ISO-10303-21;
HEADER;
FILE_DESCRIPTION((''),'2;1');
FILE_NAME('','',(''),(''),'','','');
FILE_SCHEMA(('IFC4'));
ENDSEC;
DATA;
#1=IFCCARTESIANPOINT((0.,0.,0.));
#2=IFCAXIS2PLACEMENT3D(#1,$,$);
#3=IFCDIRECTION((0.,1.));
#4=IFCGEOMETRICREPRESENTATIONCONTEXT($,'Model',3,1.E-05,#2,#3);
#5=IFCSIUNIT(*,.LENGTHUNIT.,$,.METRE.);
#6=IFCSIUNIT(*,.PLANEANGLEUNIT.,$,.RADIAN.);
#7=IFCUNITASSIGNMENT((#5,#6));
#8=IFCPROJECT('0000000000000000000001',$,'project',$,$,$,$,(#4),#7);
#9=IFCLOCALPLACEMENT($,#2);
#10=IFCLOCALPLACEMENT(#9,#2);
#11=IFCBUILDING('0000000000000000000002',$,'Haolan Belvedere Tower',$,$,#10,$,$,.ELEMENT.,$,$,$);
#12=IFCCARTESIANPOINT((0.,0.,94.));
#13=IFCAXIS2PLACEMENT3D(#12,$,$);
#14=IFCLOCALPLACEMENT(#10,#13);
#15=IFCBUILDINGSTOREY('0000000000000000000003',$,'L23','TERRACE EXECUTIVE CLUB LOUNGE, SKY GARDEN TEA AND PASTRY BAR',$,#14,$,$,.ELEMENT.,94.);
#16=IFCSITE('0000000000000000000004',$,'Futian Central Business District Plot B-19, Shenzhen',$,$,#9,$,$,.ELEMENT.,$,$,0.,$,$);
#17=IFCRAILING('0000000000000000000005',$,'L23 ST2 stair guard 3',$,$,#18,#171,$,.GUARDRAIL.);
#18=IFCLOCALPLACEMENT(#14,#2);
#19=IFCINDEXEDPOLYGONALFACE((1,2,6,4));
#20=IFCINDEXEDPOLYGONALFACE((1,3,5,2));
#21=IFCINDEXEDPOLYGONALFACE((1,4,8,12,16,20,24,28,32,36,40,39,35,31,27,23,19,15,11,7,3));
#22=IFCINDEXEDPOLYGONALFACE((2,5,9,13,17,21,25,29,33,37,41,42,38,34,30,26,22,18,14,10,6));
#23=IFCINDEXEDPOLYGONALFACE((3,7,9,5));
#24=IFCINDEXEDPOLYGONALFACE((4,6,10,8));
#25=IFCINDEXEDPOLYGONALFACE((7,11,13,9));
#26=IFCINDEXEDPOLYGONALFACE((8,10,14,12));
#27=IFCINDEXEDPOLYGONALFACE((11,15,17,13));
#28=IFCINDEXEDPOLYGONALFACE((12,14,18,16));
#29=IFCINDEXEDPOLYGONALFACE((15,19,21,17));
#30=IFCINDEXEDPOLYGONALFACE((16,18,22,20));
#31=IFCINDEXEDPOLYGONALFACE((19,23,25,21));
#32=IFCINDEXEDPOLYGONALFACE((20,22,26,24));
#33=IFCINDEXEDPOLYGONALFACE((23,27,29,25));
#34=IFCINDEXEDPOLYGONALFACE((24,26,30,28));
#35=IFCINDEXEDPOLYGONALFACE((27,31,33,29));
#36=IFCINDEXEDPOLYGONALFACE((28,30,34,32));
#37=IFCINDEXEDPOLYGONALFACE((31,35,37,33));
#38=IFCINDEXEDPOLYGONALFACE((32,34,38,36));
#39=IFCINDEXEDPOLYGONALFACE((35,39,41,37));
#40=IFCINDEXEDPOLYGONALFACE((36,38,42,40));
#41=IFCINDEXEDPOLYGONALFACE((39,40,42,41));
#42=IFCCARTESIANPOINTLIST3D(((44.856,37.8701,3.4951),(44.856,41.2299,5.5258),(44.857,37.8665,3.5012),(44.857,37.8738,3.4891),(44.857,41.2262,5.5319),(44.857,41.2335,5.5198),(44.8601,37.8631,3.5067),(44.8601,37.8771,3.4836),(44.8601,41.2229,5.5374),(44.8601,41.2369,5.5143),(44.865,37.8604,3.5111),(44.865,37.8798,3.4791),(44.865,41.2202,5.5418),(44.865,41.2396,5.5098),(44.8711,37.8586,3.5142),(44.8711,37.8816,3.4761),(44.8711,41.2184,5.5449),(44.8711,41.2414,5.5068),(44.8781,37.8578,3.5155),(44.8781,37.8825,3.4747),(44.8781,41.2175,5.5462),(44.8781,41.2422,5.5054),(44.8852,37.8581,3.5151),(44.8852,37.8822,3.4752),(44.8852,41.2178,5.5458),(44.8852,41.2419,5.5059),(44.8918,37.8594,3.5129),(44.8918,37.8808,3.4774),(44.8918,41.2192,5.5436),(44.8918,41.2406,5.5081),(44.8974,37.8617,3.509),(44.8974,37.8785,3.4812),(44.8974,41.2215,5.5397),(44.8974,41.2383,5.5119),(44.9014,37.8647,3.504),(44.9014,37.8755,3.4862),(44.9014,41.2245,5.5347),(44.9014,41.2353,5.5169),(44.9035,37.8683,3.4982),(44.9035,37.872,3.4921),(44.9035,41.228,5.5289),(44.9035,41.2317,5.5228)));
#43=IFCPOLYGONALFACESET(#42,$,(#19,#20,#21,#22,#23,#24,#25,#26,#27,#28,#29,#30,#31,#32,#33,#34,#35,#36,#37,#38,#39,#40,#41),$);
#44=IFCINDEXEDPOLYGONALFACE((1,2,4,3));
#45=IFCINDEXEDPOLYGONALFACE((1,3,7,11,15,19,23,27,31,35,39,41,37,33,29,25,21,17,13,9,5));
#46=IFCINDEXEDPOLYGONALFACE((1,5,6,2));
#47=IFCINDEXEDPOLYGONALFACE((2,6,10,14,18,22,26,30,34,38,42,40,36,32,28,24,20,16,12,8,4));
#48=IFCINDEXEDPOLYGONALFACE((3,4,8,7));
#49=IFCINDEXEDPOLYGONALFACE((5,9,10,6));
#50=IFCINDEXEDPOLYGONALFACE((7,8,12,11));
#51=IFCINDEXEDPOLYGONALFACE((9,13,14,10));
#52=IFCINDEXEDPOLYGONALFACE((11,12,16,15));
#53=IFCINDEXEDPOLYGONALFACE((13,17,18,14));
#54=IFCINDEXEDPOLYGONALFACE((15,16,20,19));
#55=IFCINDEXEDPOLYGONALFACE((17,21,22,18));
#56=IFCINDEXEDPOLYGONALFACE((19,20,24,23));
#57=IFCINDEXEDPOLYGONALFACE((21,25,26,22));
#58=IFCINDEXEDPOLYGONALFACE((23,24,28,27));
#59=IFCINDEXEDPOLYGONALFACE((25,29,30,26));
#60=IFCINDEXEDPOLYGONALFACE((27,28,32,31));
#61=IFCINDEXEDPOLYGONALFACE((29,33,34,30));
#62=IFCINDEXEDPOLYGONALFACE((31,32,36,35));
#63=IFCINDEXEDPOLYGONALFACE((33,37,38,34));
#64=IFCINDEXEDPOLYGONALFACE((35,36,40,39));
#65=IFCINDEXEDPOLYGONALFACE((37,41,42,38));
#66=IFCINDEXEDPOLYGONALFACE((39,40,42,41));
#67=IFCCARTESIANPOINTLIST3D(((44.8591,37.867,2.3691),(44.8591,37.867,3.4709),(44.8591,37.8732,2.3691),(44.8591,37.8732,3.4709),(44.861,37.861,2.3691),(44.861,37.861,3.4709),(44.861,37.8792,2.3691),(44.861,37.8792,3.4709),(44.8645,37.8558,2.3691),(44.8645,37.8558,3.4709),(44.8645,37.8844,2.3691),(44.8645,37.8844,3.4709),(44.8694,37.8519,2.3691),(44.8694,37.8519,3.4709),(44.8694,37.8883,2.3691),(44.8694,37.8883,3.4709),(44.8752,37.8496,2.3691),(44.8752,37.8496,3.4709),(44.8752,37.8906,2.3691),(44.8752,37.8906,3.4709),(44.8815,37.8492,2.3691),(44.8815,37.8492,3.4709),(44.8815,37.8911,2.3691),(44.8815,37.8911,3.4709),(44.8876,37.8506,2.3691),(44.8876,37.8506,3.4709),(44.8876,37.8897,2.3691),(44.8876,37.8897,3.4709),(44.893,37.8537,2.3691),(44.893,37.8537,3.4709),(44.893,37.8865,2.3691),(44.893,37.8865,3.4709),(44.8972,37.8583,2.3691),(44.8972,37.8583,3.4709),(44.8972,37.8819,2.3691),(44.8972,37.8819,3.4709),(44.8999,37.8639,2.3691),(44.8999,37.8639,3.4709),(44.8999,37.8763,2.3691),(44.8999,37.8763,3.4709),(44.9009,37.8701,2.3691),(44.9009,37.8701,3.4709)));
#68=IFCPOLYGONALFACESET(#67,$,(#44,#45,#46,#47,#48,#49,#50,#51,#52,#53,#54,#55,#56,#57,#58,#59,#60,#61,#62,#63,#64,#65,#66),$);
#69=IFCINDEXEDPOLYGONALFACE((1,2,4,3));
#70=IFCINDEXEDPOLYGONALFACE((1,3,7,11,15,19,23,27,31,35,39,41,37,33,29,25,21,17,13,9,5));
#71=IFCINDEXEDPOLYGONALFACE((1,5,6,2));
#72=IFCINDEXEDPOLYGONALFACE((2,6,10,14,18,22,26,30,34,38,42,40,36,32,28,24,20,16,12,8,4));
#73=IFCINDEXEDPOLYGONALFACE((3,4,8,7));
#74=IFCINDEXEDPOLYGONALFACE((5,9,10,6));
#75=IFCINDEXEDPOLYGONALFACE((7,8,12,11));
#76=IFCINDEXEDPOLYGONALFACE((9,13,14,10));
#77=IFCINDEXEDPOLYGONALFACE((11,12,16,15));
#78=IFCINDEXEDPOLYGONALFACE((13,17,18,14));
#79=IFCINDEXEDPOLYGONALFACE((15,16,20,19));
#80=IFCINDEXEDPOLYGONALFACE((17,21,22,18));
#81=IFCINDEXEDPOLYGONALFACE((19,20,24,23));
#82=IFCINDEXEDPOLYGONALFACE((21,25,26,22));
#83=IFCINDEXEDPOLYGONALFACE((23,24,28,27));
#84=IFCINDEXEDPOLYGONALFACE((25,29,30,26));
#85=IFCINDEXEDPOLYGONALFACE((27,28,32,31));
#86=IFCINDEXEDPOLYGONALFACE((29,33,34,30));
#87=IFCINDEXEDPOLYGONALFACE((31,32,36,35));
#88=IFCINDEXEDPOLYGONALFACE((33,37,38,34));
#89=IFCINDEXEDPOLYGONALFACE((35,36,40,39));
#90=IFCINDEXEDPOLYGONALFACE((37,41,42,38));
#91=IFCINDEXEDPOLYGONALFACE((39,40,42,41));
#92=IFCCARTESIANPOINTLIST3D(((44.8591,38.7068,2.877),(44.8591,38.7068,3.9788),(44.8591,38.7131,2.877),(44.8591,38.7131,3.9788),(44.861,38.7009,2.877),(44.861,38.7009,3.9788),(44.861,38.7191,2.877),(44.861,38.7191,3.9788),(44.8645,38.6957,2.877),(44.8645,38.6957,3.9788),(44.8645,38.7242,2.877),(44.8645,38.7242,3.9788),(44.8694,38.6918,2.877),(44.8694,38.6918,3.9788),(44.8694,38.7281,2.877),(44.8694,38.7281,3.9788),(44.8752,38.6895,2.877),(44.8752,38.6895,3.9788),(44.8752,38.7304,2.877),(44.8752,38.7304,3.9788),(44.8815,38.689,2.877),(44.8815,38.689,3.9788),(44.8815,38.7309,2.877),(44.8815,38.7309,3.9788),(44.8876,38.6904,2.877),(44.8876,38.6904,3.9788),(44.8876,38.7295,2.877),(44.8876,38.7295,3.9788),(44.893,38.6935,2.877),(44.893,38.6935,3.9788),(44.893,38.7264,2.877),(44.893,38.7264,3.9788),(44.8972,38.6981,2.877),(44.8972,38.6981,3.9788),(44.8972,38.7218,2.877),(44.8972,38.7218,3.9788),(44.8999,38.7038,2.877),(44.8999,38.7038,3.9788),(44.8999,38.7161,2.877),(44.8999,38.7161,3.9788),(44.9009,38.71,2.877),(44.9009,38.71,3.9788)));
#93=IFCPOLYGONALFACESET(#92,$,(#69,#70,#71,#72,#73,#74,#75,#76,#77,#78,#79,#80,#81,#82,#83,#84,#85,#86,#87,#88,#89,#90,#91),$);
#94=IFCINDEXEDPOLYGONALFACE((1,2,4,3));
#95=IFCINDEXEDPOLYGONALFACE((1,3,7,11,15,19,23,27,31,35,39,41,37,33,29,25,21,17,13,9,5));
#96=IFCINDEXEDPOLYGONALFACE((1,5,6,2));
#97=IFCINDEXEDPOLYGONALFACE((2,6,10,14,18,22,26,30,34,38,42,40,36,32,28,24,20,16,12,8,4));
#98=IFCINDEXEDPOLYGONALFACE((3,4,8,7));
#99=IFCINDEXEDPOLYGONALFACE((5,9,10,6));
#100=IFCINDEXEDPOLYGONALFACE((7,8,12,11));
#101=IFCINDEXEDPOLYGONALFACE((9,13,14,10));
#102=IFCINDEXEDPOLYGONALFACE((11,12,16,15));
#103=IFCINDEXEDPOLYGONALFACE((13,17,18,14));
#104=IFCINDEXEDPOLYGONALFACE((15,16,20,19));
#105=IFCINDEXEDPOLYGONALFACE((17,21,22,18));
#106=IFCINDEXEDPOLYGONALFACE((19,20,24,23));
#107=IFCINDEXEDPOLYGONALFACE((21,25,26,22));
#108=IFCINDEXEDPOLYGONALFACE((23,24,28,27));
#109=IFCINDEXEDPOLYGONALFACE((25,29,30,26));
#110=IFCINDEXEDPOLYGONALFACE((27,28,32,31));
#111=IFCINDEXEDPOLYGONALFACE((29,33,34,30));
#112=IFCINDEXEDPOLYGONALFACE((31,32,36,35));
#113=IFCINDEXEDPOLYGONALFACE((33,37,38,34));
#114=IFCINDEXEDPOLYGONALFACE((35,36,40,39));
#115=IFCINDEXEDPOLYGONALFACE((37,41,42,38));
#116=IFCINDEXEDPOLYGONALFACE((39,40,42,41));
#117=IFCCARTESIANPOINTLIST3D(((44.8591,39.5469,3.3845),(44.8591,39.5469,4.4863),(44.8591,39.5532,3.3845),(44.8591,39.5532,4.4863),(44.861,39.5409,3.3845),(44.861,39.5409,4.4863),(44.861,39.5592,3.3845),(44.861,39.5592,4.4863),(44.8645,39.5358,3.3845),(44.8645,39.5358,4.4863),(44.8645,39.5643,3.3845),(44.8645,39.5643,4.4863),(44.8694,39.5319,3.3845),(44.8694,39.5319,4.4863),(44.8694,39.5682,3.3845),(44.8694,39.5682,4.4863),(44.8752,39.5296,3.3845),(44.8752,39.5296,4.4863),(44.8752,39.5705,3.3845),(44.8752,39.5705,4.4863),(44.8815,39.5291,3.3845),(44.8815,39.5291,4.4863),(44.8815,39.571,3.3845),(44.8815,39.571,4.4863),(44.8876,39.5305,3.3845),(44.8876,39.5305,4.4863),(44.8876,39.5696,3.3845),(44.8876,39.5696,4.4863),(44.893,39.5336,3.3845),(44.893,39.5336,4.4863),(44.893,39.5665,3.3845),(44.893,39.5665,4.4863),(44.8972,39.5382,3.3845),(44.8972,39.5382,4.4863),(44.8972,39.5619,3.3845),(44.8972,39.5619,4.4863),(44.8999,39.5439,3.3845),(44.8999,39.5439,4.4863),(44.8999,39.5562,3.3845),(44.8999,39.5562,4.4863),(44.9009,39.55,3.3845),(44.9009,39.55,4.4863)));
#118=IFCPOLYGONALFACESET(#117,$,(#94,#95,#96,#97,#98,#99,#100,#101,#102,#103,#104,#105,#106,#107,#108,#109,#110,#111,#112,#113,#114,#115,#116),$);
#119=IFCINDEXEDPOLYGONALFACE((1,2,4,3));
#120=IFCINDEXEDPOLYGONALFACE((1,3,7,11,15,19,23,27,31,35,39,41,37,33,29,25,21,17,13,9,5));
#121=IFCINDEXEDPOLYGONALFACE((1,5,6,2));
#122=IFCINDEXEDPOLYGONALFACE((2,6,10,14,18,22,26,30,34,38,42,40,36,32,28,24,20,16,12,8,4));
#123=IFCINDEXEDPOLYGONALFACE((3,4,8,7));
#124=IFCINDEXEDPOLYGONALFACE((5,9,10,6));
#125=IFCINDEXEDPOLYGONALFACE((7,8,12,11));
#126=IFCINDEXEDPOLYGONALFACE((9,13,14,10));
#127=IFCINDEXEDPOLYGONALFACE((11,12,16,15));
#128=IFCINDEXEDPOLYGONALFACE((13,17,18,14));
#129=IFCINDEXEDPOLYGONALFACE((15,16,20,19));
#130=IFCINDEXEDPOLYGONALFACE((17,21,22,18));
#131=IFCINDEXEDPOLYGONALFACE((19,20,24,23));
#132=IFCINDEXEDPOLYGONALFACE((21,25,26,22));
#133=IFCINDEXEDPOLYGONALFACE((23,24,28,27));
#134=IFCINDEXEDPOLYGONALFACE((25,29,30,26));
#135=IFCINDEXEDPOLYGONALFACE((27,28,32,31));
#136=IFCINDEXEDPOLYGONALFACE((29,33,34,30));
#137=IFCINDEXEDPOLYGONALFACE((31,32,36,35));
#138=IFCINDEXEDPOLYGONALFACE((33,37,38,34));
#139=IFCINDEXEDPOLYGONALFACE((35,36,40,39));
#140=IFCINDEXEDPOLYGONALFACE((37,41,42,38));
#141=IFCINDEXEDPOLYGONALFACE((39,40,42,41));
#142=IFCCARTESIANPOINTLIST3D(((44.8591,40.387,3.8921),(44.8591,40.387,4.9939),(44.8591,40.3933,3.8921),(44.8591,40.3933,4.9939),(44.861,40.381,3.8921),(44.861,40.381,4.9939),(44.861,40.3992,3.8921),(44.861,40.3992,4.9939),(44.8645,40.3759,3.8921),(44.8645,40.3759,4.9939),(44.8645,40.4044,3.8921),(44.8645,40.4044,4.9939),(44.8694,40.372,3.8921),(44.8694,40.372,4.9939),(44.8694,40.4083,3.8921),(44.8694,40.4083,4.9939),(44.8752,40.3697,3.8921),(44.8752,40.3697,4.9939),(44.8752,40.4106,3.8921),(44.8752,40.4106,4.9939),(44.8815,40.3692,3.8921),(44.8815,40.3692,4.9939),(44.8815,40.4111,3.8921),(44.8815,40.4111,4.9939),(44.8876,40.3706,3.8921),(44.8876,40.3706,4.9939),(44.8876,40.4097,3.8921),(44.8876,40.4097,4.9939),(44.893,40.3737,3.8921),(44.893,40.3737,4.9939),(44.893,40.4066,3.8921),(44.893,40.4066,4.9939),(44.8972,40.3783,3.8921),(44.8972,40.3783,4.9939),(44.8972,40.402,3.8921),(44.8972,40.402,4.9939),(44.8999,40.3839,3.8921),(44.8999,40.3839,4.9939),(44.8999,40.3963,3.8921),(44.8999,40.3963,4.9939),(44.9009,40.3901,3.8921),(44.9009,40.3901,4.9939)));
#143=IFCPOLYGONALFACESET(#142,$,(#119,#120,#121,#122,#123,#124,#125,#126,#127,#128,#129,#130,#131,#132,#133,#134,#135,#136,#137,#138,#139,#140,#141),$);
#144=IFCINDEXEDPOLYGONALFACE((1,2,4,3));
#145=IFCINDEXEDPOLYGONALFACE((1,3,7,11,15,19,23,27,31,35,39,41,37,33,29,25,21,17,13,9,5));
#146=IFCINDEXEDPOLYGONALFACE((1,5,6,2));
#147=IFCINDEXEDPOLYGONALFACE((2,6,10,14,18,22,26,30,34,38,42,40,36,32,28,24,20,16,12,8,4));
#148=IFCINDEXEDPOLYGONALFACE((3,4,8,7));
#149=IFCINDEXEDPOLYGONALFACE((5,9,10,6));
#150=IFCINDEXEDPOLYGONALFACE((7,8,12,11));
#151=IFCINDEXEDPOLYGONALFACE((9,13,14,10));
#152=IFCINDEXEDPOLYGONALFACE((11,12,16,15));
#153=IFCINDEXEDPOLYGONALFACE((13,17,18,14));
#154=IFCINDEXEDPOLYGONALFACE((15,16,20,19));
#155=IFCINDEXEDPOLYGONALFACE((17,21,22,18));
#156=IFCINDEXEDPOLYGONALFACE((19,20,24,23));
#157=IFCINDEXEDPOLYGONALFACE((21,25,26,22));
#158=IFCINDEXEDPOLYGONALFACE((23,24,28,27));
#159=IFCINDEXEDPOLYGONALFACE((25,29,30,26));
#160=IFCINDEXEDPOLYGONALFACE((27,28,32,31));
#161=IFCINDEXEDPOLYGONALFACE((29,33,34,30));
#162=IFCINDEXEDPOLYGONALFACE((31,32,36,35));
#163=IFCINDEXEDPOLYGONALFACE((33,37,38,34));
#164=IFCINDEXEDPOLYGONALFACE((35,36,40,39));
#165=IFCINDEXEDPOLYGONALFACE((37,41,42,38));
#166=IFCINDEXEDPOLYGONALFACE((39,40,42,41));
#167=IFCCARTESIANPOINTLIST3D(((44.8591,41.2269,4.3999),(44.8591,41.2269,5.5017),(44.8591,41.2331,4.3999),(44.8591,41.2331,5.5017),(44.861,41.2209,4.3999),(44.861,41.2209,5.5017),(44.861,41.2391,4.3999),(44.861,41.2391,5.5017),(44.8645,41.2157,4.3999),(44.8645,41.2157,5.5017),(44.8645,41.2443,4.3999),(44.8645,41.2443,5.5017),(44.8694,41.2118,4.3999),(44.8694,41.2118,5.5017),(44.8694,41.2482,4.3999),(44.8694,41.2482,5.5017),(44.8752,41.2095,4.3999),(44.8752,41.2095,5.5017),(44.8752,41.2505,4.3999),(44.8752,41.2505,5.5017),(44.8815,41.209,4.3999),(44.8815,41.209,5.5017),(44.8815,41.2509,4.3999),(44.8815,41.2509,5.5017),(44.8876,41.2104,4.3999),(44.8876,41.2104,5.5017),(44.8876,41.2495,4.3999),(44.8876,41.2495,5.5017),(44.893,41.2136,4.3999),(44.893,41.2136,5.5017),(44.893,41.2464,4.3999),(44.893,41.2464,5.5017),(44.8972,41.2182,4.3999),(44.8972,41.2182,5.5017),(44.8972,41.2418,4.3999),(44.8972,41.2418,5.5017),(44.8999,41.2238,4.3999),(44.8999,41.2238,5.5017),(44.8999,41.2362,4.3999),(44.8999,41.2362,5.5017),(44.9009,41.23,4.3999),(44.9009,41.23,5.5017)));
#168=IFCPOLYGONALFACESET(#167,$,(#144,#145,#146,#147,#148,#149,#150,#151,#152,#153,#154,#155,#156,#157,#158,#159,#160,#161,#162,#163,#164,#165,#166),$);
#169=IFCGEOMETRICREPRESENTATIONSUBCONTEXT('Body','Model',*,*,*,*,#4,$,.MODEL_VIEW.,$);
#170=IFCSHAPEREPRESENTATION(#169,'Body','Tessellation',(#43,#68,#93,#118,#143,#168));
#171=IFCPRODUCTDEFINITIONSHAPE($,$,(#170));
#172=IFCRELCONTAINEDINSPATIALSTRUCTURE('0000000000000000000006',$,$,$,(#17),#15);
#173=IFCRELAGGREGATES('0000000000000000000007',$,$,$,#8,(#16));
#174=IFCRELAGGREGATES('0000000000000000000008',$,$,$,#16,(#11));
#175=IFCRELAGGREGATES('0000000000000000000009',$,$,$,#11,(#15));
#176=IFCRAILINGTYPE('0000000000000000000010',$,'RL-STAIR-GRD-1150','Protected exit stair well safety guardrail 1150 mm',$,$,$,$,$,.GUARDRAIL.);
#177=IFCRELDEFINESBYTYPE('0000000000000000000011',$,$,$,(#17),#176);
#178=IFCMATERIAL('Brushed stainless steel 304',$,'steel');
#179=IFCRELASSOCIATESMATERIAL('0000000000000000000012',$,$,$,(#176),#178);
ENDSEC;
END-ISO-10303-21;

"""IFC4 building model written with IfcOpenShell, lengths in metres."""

from ifc_helpers import new_model, si_unit, direction, frame, origin, origin_2d, place, context, subcontext, project, spatial, circle, extrude, material, type_object, element, save


model = new_model("IFC4")

# Units and contexts
model_context = context("Model", 3, precision=1e-05, world=origin(), true_north=direction((0.0, 1.0)))
body_context = subcontext(model_context, "Body", "Model", "MODEL_VIEW")
ifc_project = project(units=[si_unit("LENGTHUNIT", "METRE"), si_unit("PLANEANGLEUNIT", "RADIAN")], contexts=[model_context])

# Site, building, storey
site_placement = place(None, origin())
site = spatial("IfcSite", under=ifc_project, at=site_placement, Name="Futian Central Business District Plot B-19, Shenzhen", CompositionType="ELEMENT", RefElevation=0.0)
building_placement = place(site_placement, origin())
building = spatial("IfcBuilding", under=site, at=building_placement, Name="Haolan Belvedere Tower", CompositionType="ELEMENT")
storey_placement = place(building_placement, frame((0.0, 0.0, 94.0)))
storey = spatial("IfcBuildingStorey", under=building, at=storey_placement, Name="L23", Description="TERRACE EXECUTIVE CLUB LOUNGE, SKY GARDEN TEA AND PASTRY BAR", CompositionType="ELEMENT", Elevation=94.0)

# Railing
ifc_material_1 = material(Name="Brushed stainless steel 304", Category="steel")
railing_type_1 = type_object("IfcRailingType", Name="RL-STAIR-GRD-1150", Description="Protected exit stair well safety guardrail 1150 mm", PredefinedType="GUARDRAIL", material=ifc_material_1)
railing_1_placement = place(storey_placement, frame((44.8799, 37.8701, 2.3691)))
element("IfcRailing", 1, at=railing_1_placement, inside=storey, type_object=railing_type_1, Name="L23 ST2 stair guard 3", PredefinedType="GUARDRAIL", context=body_context, shape_type="SweptSolid", body=[
    extrude(circle(Radius=0.0239, at=origin_2d()), frame((0.0, 0.0, 1.126), z_axis=(0.0, 0.85582, 0.517273), x_axis=(-1.0, 0.0, 0.0)), (0.0, 0.0, 1.0), 3.9258),
    extrude(circle(Radius=0.021, at=origin_2d()), origin(), (0.0, 0.0, 1.0), 1.1018),
    extrude(circle(Radius=0.021, at=origin_2d()), frame((0.0, 0.8398, 0.5078)), (0.0, 0.0, 1.0), 1.1018),
    extrude(circle(Radius=0.021, at=origin_2d()), frame((0.0, 1.6799, 1.0154)), (0.0, 0.0, 1.0), 1.1018),
    extrude(circle(Radius=0.021, at=origin_2d()), frame((0.0, 2.52, 1.5229)), (0.0, 0.0, 1.0), 1.1018),
    extrude(circle(Radius=0.021, at=origin_2d()), frame((0.0, 3.3599, 2.0308)), (0.0, 0.0, 1.0), 1.1018),
])

save(model, "model.ifc")
